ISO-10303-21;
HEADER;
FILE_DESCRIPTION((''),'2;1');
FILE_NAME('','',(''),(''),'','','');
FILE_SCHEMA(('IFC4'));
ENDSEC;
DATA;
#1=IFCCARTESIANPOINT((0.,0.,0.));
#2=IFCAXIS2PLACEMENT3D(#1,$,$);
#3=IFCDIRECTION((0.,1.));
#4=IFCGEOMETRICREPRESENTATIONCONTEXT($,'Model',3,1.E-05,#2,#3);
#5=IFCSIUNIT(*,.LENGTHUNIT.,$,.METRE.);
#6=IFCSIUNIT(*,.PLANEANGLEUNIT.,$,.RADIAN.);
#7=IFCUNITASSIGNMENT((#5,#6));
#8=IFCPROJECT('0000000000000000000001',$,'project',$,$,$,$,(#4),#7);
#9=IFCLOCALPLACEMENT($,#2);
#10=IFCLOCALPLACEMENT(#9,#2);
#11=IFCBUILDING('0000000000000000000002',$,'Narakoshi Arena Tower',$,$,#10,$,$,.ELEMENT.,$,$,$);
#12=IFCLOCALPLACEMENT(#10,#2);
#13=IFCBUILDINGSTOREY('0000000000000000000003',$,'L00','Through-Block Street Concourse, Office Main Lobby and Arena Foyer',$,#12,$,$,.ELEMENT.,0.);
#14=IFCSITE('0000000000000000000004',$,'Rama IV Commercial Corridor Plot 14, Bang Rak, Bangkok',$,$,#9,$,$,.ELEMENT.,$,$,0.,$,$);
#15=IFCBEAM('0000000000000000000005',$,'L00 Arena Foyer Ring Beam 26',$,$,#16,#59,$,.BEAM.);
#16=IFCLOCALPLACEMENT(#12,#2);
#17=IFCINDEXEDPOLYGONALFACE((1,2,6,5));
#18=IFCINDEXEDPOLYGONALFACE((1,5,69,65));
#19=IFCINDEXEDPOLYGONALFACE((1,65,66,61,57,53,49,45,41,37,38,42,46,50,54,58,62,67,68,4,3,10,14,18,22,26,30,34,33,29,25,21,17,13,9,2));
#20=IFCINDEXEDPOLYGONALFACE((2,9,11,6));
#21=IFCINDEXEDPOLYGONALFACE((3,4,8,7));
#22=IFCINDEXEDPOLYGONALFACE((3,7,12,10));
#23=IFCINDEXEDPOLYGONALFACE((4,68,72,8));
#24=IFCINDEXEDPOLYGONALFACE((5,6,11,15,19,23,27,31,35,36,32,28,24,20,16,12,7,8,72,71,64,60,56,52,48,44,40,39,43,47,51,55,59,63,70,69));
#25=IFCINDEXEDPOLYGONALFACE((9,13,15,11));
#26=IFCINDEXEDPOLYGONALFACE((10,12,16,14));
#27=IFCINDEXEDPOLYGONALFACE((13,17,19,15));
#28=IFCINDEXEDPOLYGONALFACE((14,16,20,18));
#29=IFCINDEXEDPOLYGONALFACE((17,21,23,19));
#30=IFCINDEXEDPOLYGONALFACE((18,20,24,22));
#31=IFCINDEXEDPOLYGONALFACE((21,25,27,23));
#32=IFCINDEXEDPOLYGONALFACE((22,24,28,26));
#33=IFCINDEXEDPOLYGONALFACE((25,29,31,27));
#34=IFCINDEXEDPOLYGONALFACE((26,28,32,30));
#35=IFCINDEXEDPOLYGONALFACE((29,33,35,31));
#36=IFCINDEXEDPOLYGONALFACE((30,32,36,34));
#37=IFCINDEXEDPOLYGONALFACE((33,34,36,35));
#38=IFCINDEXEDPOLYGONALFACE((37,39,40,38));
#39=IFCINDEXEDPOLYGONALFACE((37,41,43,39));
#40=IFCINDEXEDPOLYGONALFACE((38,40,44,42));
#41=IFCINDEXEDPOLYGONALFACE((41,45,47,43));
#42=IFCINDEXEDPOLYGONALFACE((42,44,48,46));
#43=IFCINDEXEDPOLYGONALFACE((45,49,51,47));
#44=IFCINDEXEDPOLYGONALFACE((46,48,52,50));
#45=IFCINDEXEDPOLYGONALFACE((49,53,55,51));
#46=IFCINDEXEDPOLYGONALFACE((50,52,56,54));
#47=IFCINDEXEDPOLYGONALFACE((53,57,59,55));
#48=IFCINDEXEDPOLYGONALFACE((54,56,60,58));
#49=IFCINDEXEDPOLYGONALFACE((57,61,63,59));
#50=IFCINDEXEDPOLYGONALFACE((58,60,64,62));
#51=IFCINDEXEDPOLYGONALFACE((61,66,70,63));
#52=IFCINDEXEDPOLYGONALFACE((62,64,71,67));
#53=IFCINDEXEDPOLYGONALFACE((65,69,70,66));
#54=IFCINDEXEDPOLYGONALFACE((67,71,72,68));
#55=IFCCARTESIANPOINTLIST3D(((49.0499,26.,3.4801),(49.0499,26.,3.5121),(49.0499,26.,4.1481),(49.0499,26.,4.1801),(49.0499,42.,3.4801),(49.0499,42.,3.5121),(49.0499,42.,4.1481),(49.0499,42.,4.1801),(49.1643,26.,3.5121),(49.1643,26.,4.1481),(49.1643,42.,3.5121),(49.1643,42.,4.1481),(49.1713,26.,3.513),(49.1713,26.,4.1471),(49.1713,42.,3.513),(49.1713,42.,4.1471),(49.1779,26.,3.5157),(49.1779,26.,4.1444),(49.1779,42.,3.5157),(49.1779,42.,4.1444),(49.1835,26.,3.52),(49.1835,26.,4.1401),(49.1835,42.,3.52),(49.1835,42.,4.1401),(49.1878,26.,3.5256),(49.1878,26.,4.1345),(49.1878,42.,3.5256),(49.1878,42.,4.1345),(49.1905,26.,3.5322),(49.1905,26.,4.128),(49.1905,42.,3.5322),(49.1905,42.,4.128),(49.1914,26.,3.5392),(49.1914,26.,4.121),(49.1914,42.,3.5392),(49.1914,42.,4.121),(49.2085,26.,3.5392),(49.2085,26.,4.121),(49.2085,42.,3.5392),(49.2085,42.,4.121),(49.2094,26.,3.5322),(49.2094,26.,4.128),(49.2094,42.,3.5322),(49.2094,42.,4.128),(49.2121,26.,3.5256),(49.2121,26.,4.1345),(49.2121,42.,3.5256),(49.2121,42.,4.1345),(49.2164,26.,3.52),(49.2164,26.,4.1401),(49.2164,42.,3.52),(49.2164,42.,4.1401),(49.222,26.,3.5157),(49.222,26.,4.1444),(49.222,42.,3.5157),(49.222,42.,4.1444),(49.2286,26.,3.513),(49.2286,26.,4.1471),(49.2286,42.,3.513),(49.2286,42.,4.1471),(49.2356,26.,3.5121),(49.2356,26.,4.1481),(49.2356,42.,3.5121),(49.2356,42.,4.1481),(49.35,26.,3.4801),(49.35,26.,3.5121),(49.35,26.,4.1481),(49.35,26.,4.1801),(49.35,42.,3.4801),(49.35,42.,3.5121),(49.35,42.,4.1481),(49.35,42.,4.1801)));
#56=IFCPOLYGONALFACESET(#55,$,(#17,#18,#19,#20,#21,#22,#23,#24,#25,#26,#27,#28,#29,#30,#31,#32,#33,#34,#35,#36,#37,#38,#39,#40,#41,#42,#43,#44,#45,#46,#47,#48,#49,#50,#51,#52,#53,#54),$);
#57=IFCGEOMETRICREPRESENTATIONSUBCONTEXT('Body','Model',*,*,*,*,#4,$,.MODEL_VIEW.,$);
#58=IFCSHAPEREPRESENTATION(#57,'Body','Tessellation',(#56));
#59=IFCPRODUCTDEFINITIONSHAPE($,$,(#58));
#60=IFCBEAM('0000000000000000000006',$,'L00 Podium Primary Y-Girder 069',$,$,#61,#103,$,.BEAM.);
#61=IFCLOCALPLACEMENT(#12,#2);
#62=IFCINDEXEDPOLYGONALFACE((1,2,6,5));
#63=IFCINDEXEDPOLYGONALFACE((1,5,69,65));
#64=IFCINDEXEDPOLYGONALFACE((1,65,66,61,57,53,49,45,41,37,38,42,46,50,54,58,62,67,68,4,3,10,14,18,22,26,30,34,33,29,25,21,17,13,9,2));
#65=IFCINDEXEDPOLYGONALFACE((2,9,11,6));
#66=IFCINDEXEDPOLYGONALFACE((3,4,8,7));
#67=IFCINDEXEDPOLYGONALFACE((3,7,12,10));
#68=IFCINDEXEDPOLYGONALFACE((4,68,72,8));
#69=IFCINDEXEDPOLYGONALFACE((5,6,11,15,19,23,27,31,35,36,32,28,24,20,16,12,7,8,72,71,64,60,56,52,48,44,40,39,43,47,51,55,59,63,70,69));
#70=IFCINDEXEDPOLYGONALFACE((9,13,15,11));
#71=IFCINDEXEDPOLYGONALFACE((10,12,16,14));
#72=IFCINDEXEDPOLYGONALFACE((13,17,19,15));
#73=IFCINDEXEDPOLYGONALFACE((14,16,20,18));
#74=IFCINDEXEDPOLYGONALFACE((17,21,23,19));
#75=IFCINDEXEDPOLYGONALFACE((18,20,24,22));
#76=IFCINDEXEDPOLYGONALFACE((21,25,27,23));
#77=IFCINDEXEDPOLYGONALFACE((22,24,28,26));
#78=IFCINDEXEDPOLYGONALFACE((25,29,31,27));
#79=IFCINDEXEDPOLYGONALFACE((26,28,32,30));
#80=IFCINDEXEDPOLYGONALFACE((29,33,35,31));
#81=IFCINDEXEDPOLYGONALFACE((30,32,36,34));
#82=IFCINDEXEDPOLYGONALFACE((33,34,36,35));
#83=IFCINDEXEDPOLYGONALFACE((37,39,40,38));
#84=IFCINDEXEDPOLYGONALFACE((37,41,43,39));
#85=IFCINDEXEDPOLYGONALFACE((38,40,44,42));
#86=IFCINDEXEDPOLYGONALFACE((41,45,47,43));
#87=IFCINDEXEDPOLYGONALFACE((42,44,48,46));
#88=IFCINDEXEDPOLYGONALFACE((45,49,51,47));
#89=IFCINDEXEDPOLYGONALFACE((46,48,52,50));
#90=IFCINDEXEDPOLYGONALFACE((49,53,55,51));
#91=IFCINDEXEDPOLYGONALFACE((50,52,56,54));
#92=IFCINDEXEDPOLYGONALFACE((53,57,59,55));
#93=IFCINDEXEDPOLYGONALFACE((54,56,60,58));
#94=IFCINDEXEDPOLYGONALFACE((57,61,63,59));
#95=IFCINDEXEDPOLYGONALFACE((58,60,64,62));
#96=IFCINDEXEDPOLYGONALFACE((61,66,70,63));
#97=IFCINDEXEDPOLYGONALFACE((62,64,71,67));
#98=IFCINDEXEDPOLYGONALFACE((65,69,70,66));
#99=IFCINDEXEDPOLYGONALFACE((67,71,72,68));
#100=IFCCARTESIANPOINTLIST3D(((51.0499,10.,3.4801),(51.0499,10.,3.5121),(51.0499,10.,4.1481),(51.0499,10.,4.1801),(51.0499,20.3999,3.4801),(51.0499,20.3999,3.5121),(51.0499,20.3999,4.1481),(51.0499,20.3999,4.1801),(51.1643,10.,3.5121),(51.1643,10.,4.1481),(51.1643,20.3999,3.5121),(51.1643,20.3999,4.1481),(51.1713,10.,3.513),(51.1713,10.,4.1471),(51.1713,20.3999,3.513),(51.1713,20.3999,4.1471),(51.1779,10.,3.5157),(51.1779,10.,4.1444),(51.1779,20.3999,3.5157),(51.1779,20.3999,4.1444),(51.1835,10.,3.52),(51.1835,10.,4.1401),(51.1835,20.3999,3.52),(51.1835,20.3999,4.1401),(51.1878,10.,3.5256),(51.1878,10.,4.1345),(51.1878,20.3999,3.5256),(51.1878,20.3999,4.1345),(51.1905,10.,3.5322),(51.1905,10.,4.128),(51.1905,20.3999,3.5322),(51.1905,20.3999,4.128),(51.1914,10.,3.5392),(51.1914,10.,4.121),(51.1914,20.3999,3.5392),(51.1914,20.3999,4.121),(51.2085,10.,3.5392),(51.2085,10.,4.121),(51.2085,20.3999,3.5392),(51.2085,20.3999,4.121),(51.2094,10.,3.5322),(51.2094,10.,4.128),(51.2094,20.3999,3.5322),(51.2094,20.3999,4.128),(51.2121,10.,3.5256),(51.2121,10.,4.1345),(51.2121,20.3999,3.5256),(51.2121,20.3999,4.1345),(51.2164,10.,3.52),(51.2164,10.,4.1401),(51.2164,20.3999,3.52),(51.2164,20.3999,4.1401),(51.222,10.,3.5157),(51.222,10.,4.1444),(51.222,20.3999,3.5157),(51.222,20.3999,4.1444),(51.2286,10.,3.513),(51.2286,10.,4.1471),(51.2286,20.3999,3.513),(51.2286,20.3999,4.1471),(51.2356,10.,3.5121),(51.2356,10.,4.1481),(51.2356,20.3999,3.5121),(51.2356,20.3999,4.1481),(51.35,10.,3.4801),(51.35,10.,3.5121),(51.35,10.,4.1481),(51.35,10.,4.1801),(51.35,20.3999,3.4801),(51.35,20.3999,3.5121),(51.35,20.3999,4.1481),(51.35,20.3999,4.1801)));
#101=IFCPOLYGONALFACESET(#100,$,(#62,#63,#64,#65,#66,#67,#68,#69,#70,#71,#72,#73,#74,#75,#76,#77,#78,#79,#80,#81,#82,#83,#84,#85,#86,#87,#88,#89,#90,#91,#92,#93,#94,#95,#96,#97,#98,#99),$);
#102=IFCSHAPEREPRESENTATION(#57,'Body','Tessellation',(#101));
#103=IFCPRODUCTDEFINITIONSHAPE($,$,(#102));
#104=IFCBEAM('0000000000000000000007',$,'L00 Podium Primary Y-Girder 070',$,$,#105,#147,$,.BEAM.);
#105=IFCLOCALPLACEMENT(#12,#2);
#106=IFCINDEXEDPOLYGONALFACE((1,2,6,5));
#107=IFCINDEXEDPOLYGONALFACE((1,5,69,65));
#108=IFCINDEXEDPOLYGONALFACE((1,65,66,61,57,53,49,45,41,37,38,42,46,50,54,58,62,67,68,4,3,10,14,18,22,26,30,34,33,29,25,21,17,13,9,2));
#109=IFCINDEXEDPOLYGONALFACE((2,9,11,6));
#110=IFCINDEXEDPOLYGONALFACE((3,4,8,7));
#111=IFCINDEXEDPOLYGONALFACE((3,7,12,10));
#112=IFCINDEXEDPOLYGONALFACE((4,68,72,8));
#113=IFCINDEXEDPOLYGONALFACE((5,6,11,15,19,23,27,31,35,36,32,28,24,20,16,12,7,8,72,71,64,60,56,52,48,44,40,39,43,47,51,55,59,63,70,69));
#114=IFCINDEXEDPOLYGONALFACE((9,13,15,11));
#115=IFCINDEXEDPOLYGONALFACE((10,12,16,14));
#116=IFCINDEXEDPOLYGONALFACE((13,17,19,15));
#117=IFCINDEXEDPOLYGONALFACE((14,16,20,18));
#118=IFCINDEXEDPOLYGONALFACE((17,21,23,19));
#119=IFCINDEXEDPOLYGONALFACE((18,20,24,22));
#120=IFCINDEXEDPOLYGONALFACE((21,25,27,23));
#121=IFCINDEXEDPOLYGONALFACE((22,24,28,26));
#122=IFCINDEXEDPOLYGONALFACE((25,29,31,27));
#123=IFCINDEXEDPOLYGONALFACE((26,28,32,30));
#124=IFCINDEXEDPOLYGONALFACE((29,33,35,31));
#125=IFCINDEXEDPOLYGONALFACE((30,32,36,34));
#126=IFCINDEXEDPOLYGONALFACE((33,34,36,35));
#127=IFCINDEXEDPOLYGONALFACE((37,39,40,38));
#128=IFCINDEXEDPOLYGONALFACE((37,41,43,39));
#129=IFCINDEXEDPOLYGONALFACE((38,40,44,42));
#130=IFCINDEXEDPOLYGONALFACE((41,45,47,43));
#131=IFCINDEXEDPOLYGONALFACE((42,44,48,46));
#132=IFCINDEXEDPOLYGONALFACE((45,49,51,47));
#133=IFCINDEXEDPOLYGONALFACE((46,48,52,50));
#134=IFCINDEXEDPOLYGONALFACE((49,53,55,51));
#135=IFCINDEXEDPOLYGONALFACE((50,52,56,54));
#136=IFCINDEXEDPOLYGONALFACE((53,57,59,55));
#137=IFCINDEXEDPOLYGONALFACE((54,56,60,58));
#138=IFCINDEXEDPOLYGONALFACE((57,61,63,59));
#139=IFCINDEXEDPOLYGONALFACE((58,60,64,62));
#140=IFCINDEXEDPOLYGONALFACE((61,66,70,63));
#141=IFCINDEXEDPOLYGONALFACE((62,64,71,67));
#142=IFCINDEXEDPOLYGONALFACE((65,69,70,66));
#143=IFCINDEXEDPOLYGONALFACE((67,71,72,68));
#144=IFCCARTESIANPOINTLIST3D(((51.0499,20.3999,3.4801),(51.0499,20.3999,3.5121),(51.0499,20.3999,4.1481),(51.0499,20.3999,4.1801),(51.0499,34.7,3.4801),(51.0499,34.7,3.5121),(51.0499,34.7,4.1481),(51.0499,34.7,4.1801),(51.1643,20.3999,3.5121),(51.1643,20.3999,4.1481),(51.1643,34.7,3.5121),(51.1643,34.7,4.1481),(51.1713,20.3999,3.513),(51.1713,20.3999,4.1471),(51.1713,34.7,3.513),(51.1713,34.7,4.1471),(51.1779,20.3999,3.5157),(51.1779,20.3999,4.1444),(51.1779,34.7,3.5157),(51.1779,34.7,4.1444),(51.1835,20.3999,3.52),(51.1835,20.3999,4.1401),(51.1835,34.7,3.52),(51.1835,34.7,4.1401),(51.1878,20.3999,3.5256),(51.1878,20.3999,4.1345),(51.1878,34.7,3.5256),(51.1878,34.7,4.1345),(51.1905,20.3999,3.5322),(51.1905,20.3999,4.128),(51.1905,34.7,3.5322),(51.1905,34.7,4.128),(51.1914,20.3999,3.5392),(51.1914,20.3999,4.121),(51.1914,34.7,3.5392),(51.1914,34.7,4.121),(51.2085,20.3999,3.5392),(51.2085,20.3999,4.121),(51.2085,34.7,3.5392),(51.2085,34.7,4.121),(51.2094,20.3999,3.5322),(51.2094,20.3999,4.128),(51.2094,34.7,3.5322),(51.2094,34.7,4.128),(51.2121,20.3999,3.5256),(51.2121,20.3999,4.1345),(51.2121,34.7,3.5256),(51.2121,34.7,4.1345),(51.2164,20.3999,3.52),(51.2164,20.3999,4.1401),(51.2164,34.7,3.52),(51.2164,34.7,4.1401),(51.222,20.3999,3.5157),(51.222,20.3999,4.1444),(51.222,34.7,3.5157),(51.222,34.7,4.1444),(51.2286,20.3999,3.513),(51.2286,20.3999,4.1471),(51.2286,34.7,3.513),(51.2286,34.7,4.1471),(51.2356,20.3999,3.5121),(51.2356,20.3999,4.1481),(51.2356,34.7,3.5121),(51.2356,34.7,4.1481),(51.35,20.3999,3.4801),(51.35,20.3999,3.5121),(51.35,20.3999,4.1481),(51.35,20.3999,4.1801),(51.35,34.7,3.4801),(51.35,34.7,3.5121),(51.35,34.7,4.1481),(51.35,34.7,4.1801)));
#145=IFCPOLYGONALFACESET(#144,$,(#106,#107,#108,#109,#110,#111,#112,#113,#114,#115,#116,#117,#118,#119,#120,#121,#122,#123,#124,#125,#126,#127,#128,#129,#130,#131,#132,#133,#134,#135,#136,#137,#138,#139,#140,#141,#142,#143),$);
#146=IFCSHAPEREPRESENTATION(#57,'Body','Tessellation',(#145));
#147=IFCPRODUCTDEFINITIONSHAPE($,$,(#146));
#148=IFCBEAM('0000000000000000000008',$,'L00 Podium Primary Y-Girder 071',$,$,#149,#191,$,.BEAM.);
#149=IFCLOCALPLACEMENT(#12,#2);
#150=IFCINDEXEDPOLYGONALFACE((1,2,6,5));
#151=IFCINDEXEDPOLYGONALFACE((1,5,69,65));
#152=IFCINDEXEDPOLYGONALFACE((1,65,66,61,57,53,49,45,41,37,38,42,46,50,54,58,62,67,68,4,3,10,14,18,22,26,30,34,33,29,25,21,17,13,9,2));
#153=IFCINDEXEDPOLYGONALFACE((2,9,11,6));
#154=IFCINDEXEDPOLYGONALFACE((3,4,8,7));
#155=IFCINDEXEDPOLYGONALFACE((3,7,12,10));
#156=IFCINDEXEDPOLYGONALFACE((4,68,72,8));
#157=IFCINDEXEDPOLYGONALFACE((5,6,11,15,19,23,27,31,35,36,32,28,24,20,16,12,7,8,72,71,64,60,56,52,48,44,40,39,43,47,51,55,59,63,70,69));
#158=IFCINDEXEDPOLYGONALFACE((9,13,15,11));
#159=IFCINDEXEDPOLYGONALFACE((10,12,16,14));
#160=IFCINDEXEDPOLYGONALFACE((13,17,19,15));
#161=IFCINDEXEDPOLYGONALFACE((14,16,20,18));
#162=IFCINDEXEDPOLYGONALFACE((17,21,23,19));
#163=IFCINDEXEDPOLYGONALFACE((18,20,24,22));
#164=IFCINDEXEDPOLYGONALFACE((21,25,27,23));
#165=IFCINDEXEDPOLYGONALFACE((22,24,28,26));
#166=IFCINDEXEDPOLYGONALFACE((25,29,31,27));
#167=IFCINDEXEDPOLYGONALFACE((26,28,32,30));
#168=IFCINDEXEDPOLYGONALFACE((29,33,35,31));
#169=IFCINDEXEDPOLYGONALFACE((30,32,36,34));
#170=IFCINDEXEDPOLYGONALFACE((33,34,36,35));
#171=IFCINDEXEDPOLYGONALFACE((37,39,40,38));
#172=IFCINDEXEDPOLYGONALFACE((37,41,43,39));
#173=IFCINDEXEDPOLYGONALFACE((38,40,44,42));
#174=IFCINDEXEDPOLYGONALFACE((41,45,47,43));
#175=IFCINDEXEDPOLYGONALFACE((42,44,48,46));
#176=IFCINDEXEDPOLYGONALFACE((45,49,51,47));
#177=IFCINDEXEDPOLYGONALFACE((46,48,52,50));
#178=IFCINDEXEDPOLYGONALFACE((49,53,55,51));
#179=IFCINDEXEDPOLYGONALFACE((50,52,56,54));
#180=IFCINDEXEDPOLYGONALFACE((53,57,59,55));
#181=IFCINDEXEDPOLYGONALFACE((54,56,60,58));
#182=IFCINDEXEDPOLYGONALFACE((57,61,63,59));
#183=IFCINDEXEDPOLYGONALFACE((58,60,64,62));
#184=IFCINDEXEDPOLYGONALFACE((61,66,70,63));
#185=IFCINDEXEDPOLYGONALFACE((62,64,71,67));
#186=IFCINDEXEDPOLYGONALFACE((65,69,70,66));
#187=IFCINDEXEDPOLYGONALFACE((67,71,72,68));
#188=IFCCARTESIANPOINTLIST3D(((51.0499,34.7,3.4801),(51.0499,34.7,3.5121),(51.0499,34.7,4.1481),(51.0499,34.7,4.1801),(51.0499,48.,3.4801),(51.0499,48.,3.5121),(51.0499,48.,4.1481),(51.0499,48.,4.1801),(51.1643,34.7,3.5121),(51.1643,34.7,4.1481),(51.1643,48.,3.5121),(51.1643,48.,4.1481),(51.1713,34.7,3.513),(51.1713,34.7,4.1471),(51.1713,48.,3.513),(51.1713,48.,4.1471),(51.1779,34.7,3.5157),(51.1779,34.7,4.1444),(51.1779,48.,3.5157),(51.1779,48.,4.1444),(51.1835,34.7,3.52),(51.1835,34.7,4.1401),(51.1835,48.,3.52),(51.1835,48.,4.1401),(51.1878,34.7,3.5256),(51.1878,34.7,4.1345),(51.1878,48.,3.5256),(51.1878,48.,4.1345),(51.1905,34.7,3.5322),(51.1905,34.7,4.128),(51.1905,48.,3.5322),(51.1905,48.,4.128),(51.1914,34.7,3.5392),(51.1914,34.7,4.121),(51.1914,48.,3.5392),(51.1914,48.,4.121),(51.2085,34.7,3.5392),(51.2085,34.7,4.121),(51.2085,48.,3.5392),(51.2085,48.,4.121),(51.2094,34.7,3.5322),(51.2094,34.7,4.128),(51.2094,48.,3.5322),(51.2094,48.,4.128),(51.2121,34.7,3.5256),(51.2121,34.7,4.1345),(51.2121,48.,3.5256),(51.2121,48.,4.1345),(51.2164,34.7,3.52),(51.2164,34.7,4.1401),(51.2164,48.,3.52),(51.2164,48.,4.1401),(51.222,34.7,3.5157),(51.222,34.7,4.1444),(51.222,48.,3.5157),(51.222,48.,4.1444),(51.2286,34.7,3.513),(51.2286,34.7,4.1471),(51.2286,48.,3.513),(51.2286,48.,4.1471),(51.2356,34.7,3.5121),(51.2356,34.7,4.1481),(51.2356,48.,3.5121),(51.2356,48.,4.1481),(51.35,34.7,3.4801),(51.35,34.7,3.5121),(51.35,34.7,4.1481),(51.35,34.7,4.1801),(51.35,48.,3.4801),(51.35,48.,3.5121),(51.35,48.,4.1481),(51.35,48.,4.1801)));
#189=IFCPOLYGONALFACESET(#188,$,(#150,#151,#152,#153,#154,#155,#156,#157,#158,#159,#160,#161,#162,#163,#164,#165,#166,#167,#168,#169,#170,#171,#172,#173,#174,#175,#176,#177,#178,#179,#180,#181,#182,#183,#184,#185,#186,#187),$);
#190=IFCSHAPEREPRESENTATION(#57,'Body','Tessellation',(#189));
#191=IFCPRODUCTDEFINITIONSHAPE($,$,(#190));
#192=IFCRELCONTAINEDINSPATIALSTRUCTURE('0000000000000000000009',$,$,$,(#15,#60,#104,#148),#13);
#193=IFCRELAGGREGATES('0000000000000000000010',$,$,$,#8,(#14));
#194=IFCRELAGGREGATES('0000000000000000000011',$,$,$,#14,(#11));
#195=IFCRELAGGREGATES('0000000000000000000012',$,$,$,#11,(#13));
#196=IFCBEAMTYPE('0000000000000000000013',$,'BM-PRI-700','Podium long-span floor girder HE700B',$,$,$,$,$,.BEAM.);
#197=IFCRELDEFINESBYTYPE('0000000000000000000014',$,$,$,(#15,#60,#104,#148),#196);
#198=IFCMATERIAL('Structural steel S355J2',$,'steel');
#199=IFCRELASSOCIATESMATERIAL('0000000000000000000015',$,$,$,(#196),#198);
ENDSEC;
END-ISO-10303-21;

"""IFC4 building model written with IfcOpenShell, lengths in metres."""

from ifc_helpers import new_model, si_unit, direction, frame, origin, origin_2d, place, context, subcontext, project, spatial, i_section, extrude, material, material_profile, profile_set, type_object, element, save


model = new_model("IFC4")

# Units and contexts
model_context = context("Model", 3, precision=1e-05, world=origin(), true_north=direction((0.0, 1.0)))
body_context = subcontext(model_context, "Body", "Model", "MODEL_VIEW")
ifc_project = project(units=[si_unit("LENGTHUNIT", "METRE"), si_unit("PLANEANGLEUNIT", "RADIAN")], contexts=[model_context])

# Site, building, storey
site_placement = place(None, origin())
site = spatial("IfcSite", under=ifc_project, at=site_placement, Name="Rama IV Commercial Corridor Plot 14, Bang Rak, Bangkok", CompositionType="ELEMENT", RefElevation=0.0)
building_placement = place(site_placement, origin())
building = spatial("IfcBuilding", under=site, at=building_placement, Name="Narakoshi Arena Tower", CompositionType="ELEMENT")
storey_placement = place(building_placement, origin())
storey = spatial("IfcBuildingStorey", under=building, at=storey_placement, Name="L00", Description="Through-Block Street Concourse, Office Main Lobby and Arena Foyer", CompositionType="ELEMENT", Elevation=0.0)

# Beams
ifc_material_1 = material(Name="Structural steel S355J2", Category="steel")
ifc_material_profile_1 = material_profile(ifc_material_1, i_section(OverallWidth=0.3, OverallDepth=0.7, WebThickness=0.0171, FlangeThickness=0.032, FilletRadius=0.0271, at=origin_2d()), Name="HE700B")
ifc_profile_set_1 = profile_set([ifc_material_profile_1], Name="Structural steel S355J2")
beam_type_1 = type_object("IfcBeamType", Name="BM-PRI-700", Description="Podium long-span floor girder HE700B", PredefinedType="BEAM", material=ifc_profile_set_1)
beam_1_placement = place(storey_placement, frame((49.2, 26.0, 3.8301), z_axis=(0.0, 1.0, 0.0), x_axis=(-1.0, 0.0, 0.0)))
element("IfcBeam", 1, at=beam_1_placement, inside=storey, type_object=beam_type_1, Name="L00 Arena Foyer Ring Beam 26", PredefinedType="BEAM", context=body_context, shape_type="SweptSolid", body=[
    extrude(i_section(OverallWidth=0.3, OverallDepth=0.7, WebThickness=0.0171, FlangeThickness=0.032, FilletRadius=0.0271, at=origin_2d()), origin(), (0.0, 0.0, 1.0), 16.0),
])
beam_2_placement = place(storey_placement, frame((51.2, 10.0, 3.8301), z_axis=(0.0, 1.0, 0.0), x_axis=(-1.0, 0.0, 0.0)))
element("IfcBeam", 2, at=beam_2_placement, inside=storey, type_object=beam_type_1, Name="L00 Podium Primary Y-Girder 069", PredefinedType="BEAM", context=body_context, shape_type="SweptSolid", body=[
    extrude(i_section(OverallWidth=0.3, OverallDepth=0.7, WebThickness=0.0171, FlangeThickness=0.032, FilletRadius=0.0271, at=origin_2d()), origin(), (0.0, 0.0, 1.0), 10.3999),
])
beam_3_placement = place(storey_placement, frame((51.2, 20.3999, 3.8301), z_axis=(0.0, 1.0, 0.0), x_axis=(-1.0, 0.0, 0.0)))
element("IfcBeam", 3, at=beam_3_placement, inside=storey, type_object=beam_type_1, Name="L00 Podium Primary Y-Girder 070", PredefinedType="BEAM", context=body_context, shape_type="SweptSolid", body=[
    extrude(i_section(OverallWidth=0.3, OverallDepth=0.7, WebThickness=0.0171, FlangeThickness=0.032, FilletRadius=0.0271, at=origin_2d()), origin(), (0.0, 0.0, 1.0), 14.3),
])
beam_4_placement = place(storey_placement, frame((51.2, 34.7, 3.8301), z_axis=(0.0, 1.0, 0.0), x_axis=(-1.0, 0.0, 0.0)))
element("IfcBeam", 4, at=beam_4_placement, inside=storey, type_object=beam_type_1, Name="L00 Podium Primary Y-Girder 071", PredefinedType="BEAM", context=body_context, shape_type="SweptSolid", body=[
    extrude(i_section(OverallWidth=0.3, OverallDepth=0.7, WebThickness=0.0171, FlangeThickness=0.032, FilletRadius=0.0271, at=origin_2d()), origin(), (0.0, 0.0, 1.0), 13.3),
])

save(model, "model.ifc")
